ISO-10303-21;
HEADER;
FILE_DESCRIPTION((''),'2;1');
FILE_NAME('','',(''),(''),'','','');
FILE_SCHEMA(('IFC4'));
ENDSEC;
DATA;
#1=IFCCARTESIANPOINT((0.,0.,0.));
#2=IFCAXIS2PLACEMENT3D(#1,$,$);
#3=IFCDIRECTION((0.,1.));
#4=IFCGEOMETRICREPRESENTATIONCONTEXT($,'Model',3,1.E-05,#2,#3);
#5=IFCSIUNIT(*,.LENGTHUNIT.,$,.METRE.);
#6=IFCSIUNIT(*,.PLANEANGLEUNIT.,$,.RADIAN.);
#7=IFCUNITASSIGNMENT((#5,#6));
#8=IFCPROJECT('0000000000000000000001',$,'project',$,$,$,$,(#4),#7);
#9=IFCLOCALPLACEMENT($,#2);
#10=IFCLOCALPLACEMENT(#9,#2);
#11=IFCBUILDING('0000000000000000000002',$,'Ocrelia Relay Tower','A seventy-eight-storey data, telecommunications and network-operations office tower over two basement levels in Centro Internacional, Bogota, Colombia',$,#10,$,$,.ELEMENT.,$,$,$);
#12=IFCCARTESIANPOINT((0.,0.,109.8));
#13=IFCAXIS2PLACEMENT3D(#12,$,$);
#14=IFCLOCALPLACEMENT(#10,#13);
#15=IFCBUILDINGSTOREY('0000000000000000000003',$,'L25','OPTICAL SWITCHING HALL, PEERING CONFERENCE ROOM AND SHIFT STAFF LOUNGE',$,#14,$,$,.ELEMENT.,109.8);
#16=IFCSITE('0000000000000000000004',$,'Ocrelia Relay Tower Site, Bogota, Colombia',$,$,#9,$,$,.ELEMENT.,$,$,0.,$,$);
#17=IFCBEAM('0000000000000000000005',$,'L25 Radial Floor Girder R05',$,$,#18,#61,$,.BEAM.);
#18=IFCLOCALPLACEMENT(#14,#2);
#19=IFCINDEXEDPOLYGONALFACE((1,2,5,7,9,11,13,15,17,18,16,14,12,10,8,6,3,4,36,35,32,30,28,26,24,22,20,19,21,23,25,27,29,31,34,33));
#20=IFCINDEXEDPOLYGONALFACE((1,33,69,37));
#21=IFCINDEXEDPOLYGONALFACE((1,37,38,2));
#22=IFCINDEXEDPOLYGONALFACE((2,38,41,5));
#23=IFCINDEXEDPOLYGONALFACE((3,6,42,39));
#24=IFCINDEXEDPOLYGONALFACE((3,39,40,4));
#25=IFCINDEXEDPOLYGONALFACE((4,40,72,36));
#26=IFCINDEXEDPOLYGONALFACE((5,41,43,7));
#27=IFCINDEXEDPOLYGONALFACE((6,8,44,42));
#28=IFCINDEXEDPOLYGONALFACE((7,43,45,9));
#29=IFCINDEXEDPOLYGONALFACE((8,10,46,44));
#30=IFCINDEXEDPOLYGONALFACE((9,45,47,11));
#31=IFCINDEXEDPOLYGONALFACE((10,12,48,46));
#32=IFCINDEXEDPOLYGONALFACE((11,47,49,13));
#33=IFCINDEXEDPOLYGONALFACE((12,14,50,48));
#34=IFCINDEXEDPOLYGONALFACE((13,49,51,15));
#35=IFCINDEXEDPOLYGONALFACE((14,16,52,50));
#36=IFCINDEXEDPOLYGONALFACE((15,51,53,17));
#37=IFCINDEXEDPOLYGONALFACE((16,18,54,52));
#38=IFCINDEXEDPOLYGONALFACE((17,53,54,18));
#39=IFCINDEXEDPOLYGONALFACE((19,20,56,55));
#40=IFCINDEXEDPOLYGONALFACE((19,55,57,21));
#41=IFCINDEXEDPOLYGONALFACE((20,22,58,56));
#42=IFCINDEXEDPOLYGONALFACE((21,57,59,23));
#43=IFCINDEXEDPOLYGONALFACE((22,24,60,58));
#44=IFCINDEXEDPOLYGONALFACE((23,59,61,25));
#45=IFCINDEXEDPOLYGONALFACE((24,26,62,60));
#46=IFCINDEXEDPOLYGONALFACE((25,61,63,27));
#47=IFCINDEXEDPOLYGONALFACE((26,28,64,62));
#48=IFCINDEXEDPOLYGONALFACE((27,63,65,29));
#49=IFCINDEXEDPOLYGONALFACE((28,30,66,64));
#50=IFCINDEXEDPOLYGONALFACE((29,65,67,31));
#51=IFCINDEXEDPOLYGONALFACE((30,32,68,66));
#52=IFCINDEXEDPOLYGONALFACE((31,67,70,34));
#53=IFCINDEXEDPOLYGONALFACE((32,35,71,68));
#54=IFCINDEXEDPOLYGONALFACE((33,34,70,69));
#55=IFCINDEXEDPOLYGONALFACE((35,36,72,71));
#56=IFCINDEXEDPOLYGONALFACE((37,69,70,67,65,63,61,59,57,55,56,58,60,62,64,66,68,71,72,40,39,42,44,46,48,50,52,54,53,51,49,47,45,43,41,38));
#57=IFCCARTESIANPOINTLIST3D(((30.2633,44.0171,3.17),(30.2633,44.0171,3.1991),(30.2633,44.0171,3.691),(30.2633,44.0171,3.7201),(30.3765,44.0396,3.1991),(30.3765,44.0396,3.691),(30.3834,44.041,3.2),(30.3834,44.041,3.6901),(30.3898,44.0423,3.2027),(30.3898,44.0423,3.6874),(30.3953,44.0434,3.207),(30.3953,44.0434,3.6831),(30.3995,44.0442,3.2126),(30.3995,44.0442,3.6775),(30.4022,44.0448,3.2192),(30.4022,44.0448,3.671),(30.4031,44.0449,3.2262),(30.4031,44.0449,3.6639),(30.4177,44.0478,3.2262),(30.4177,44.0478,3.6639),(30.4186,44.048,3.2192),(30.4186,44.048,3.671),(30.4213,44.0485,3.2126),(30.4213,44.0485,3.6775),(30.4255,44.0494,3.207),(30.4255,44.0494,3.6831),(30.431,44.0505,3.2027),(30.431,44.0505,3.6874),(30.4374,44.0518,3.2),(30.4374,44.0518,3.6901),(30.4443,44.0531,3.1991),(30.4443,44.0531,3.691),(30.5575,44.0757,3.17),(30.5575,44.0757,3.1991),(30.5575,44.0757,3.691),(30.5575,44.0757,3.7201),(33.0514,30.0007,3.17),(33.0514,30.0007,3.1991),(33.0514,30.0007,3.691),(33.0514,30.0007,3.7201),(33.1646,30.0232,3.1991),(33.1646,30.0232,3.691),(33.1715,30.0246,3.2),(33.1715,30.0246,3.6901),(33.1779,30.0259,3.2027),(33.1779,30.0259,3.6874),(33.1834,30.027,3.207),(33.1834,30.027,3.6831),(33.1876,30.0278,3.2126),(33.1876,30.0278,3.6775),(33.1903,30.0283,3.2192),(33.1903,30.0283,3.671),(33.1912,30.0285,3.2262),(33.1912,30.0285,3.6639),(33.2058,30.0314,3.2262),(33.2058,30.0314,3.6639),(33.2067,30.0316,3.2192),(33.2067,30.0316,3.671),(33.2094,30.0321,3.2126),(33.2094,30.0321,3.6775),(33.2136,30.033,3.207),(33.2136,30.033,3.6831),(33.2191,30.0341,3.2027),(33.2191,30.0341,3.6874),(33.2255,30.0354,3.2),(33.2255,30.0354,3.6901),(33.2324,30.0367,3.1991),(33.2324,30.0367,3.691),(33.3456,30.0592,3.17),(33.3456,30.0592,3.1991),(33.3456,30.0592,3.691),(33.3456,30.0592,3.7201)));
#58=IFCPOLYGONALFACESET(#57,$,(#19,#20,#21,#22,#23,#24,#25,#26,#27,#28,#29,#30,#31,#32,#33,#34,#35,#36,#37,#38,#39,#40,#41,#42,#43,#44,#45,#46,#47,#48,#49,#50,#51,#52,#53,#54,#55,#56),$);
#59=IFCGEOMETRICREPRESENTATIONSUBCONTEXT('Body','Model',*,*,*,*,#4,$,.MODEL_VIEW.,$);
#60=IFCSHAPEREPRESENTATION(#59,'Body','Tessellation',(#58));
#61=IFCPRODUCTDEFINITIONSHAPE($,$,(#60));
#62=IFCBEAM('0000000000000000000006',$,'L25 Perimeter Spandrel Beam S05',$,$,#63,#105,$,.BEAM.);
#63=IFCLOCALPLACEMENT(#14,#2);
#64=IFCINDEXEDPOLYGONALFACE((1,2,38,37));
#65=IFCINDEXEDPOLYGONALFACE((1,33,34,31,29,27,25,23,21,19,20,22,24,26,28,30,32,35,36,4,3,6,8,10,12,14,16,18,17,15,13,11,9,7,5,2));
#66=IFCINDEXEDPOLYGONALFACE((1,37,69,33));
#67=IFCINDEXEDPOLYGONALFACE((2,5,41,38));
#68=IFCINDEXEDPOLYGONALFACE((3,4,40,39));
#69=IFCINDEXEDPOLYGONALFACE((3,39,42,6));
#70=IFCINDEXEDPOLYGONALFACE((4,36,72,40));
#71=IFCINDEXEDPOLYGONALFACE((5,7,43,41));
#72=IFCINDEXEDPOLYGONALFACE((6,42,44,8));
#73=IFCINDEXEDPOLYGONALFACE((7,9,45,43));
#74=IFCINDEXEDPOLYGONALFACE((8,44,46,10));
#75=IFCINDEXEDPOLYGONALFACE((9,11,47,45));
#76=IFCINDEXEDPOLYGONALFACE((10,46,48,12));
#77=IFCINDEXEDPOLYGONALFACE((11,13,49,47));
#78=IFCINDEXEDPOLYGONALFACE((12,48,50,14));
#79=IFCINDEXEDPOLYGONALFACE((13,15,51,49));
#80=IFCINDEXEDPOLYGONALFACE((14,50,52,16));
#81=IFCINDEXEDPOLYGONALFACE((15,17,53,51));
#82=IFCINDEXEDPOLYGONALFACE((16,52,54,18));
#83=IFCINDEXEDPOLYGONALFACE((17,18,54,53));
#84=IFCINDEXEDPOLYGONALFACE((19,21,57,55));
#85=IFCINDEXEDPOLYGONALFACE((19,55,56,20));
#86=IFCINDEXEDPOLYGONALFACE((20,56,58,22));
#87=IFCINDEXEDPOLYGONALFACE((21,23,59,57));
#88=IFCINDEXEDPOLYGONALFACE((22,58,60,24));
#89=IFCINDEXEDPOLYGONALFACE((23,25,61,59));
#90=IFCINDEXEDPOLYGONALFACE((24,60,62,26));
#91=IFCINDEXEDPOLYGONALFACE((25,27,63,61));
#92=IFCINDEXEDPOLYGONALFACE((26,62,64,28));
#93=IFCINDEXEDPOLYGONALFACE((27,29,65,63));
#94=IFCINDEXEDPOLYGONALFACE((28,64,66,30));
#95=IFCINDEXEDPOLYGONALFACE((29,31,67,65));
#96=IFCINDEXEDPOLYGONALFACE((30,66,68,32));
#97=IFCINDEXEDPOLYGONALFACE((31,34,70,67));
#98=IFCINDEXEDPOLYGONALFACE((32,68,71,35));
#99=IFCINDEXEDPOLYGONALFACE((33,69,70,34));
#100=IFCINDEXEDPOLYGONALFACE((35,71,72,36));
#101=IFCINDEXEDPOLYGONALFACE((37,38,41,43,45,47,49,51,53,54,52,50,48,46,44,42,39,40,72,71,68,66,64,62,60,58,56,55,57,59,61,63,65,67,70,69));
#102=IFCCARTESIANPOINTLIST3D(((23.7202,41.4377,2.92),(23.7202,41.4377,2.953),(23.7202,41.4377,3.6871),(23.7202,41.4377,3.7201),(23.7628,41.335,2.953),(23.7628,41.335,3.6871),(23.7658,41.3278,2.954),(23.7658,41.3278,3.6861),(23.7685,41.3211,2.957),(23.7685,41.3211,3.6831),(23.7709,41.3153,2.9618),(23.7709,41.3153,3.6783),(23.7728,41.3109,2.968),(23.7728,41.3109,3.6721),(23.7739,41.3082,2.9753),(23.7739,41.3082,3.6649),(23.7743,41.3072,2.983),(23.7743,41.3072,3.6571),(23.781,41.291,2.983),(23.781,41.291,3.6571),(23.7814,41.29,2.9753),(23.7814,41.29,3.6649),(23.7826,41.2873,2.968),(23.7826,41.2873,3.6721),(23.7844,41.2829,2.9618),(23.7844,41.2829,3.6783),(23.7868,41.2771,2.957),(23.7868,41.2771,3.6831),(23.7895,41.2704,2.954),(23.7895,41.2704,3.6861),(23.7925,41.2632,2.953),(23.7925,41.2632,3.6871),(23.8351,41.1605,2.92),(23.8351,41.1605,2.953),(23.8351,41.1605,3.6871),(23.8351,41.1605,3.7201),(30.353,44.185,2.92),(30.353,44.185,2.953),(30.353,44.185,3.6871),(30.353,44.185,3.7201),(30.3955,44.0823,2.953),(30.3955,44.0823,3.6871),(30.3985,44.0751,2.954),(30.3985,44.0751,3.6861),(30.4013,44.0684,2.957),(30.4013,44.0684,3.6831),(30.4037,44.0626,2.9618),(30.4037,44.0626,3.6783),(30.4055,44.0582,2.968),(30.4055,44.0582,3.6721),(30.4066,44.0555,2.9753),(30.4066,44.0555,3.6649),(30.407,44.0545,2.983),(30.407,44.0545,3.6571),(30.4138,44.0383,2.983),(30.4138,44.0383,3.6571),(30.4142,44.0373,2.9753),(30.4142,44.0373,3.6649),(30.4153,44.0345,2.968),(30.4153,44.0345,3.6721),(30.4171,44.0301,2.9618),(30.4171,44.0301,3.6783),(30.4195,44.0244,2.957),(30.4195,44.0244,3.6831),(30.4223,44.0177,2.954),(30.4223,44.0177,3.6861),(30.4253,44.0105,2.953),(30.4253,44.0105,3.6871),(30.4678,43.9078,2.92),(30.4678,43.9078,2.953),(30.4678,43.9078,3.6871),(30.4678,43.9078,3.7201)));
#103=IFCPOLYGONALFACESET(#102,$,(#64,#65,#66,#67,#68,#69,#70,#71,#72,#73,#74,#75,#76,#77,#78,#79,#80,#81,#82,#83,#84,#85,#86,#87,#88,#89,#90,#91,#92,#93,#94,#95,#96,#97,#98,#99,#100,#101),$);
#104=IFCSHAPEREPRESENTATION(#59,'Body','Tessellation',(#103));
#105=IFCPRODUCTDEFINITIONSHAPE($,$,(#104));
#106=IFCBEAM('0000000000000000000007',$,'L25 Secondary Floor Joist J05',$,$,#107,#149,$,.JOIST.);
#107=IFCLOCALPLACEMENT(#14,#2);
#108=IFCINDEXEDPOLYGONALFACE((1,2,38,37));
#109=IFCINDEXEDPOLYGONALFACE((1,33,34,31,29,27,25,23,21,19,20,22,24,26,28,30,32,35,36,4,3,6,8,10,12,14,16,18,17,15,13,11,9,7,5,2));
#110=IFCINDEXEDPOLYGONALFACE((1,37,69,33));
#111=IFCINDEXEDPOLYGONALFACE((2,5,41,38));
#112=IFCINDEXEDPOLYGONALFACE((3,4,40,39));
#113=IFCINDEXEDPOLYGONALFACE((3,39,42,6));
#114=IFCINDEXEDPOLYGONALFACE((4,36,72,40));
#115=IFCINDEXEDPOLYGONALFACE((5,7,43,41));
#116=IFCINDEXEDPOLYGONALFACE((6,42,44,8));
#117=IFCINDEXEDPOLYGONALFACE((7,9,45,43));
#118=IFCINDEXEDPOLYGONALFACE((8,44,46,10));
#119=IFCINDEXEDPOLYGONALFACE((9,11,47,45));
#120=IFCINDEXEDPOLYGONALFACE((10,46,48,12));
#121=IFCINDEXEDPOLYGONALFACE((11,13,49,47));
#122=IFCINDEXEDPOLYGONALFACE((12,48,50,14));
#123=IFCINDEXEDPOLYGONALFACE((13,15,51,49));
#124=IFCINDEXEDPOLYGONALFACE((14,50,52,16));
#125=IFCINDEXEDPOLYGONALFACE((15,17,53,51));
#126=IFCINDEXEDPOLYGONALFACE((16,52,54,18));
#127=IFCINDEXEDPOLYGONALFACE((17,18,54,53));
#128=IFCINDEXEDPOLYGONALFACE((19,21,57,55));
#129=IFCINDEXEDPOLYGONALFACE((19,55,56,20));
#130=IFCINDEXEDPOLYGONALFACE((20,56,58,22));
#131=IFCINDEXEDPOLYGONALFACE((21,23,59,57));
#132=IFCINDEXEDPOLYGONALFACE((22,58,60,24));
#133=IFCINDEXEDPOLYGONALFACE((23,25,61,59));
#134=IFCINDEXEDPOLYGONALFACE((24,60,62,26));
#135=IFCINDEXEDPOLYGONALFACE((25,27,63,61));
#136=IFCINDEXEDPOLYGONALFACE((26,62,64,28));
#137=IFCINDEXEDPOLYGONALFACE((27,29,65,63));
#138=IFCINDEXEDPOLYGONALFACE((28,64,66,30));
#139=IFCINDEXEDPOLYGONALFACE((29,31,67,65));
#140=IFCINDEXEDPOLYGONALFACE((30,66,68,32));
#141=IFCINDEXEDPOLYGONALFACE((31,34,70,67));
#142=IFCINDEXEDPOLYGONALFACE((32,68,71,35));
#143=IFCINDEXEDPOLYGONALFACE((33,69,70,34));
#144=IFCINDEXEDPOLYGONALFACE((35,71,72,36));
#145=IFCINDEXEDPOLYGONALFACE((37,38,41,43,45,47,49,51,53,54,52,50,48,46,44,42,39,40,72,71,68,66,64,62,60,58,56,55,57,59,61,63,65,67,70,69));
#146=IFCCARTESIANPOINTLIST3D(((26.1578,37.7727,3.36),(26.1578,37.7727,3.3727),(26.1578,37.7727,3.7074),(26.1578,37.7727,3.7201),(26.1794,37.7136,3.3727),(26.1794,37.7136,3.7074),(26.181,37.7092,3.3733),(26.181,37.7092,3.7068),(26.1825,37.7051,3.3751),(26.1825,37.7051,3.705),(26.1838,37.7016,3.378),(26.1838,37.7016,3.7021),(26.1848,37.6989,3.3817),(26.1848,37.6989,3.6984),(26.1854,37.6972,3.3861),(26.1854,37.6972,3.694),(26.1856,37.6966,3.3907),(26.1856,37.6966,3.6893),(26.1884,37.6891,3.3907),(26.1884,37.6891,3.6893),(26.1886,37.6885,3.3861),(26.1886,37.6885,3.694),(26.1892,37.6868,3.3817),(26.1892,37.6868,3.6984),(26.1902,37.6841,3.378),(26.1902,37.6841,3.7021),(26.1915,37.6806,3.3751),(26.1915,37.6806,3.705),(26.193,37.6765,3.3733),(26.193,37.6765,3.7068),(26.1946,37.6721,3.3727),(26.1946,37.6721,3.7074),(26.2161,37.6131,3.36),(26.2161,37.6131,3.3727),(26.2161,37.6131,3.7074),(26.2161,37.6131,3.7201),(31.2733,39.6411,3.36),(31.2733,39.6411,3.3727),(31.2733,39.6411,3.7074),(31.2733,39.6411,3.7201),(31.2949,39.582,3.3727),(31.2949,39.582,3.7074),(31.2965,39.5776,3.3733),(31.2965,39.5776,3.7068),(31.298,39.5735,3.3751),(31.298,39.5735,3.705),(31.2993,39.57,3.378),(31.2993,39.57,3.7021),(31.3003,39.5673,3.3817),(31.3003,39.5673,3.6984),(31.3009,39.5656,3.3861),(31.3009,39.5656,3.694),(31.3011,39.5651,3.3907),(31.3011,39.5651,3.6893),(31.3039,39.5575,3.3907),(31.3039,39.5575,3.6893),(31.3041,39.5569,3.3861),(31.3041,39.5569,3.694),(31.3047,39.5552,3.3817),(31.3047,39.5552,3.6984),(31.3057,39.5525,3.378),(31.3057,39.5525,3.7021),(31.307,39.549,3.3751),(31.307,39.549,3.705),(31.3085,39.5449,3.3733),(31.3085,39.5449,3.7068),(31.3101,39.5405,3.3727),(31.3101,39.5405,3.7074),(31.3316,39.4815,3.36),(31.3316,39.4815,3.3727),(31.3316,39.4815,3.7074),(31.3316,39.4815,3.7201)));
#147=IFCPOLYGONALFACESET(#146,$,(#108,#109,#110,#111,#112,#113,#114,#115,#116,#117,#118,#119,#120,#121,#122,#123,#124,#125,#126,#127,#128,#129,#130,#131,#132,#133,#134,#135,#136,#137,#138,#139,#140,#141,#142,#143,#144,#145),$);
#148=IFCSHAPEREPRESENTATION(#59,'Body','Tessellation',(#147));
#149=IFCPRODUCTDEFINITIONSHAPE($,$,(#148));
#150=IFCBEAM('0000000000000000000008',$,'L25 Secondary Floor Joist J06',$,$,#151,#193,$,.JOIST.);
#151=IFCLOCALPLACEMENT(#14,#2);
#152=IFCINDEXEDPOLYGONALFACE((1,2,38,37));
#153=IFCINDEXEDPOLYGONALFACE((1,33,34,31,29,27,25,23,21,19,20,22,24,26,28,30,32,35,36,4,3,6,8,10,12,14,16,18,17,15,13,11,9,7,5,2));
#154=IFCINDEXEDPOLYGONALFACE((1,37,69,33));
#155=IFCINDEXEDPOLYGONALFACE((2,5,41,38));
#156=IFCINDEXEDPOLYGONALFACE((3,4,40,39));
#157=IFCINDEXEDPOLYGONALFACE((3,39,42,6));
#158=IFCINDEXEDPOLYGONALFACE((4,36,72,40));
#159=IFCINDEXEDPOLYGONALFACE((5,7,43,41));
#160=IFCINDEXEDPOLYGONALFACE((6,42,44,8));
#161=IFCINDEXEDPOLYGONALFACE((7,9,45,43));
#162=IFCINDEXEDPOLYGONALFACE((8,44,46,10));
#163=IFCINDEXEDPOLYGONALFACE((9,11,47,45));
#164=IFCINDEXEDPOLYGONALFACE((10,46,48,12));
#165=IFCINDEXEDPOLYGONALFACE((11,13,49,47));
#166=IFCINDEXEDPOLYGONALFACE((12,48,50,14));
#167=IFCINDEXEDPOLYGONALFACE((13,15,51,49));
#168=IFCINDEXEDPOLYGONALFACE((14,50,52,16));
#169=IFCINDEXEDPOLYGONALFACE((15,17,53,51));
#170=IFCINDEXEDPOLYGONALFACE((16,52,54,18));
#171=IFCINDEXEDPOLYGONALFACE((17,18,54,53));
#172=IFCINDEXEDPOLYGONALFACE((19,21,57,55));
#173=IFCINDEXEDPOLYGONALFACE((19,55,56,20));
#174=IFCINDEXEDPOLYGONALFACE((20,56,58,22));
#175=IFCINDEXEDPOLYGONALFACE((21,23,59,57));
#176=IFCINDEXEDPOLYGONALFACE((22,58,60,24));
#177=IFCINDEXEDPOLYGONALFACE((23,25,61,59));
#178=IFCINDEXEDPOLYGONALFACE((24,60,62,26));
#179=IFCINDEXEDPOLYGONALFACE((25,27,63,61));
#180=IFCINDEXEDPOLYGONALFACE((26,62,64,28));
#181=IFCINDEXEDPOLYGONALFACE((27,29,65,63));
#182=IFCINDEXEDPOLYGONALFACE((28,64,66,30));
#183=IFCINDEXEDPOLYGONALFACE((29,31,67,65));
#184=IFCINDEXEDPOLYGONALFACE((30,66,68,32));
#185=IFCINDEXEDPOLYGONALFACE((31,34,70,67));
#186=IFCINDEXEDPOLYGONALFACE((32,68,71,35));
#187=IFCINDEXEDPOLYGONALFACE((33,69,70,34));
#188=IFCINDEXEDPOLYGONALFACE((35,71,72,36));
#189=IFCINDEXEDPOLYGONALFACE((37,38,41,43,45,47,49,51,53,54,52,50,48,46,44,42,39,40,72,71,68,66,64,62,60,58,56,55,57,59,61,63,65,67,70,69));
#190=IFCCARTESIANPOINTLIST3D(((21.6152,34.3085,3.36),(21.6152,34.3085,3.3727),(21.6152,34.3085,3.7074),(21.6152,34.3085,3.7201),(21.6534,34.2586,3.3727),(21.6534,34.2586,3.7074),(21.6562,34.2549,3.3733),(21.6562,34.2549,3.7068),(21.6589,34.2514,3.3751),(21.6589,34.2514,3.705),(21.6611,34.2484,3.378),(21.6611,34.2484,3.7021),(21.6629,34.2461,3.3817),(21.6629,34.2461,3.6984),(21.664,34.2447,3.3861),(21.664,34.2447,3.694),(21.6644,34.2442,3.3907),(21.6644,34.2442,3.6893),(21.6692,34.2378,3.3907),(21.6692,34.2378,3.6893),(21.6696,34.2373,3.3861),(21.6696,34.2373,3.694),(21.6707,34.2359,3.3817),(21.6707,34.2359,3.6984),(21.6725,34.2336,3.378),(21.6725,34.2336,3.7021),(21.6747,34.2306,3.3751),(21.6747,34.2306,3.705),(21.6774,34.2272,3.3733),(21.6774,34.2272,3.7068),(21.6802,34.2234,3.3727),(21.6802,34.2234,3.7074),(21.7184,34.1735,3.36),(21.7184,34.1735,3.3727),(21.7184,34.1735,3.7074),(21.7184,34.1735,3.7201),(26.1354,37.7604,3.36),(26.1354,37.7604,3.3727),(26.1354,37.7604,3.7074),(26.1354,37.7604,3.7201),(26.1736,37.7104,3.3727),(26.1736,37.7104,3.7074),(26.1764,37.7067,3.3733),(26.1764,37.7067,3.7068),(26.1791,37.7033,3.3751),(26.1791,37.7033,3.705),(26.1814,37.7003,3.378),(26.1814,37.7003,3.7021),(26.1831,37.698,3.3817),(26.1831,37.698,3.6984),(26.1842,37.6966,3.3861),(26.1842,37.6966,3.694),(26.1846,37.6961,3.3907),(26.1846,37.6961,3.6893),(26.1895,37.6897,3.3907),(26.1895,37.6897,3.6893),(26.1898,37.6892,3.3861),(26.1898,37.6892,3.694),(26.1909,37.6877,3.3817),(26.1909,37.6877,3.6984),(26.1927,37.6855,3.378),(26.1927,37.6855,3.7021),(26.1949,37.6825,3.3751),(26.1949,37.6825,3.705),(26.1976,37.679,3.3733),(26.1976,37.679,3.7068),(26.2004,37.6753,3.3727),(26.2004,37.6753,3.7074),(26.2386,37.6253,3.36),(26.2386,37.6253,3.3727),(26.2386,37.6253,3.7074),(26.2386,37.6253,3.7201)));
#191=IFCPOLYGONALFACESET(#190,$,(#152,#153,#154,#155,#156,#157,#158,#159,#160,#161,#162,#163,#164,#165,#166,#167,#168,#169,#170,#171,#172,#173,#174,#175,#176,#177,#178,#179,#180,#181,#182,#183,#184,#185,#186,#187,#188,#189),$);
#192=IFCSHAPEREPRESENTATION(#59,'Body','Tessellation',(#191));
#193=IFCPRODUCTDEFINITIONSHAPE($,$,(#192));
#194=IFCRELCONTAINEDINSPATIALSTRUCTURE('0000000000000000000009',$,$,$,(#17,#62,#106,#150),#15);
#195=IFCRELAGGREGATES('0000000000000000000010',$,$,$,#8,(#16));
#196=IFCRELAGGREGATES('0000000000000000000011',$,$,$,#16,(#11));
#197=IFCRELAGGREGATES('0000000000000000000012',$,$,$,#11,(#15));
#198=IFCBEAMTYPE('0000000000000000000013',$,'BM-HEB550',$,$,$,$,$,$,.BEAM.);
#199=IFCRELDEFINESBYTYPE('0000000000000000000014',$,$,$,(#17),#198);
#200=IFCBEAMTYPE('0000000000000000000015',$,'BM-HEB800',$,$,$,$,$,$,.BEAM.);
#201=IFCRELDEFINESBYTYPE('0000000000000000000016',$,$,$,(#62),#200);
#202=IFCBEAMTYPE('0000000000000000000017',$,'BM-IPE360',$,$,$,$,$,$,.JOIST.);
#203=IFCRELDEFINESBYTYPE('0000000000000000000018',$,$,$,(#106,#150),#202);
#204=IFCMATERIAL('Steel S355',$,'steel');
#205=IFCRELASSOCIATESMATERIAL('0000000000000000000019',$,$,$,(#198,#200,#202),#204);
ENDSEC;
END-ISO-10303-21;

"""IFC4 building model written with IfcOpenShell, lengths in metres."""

from ifc_helpers import new_model, si_unit, direction, frame, origin, origin_2d, place, context, subcontext, project, spatial, i_section, extrude, material, material_profile, profile_set, type_object, element, save


model = new_model("IFC4")

# Units and contexts
model_context = context("Model", 3, precision=1e-05, world=origin(), true_north=direction((0.0, 1.0)))
body_context = subcontext(model_context, "Body", "Model", "MODEL_VIEW")
ifc_project = project(units=[si_unit("LENGTHUNIT", "METRE"), si_unit("PLANEANGLEUNIT", "RADIAN")], contexts=[model_context])

# Site, building, storey
site_placement = place(None, origin())
site = spatial("IfcSite", under=ifc_project, at=site_placement, Name="Ocrelia Relay Tower Site, Bogota, Colombia", CompositionType="ELEMENT", RefElevation=0.0)
building_placement = place(site_placement, origin())
building = spatial("IfcBuilding", under=site, at=building_placement, Name="Ocrelia Relay Tower", Description="A seventy-eight-storey data, telecommunications and network-operations office tower over two basement levels in Centro Internacional, Bogota, Colombia", CompositionType="ELEMENT")
storey_placement = place(building_placement, frame((0.0, 0.0, 109.8)))
storey = spatial("IfcBuildingStorey", under=building, at=storey_placement, Name="L25", Description="OPTICAL SWITCHING HALL, PEERING CONFERENCE ROOM AND SHIFT STAFF LOUNGE", CompositionType="ELEMENT", Elevation=109.8)

# Beams
ifc_material_1 = material(Name="Steel S355", Category="steel")
ifc_material_profile_1 = material_profile(ifc_material_1, i_section(OverallWidth=0.3, OverallDepth=0.55, WebThickness=0.0149, FlangeThickness=0.0291, FilletRadius=0.0271, at=origin_2d()), Name="HEB 550")
ifc_profile_set_1 = profile_set([ifc_material_profile_1], Name="Steel S355")
beam_type_1 = type_object("IfcBeamType", Name="BM-HEB550", PredefinedType="BEAM", material=ifc_profile_set_1)
beam_1_placement = place(storey_placement, frame((30.4104, 44.0464, 3.4451), z_axis=(0.195094, -0.980784, 0.0), x_axis=(0.980784, 0.195094, 0.0)))
element("IfcBeam", 1, at=beam_1_placement, inside=storey, type_object=beam_type_1, Name="L25 Radial Floor Girder R05", PredefinedType="BEAM", context=body_context, shape_type="SweptSolid", body=[
    extrude(i_section(OverallWidth=0.3, OverallDepth=0.55, WebThickness=0.0149, FlangeThickness=0.0291, FilletRadius=0.0271, at=origin_2d()), origin(), (0.0, 0.0, 1.0), 14.291),
])
ifc_material_profile_2 = material_profile(ifc_material_1, i_section(OverallWidth=0.3, OverallDepth=0.8, WebThickness=0.0176, FlangeThickness=0.033, FilletRadius=0.03, at=origin_2d()), Name="HEB 800")
ifc_profile_set_2 = profile_set([ifc_material_profile_2], Name="Steel S355")
beam_type_2 = type_object("IfcBeamType", Name="BM-HEB800", PredefinedType="BEAM", material=ifc_profile_set_2)
beam_2_placement = place(storey_placement, frame((30.4104, 44.0464, 3.3201), z_axis=(-0.923884, -0.382673, 0.0), x_axis=(0.382673, -0.923884, 0.0)))
element("IfcBeam", 2, at=beam_2_placement, inside=storey, type_object=beam_type_2, Name="L25 Perimeter Spandrel Beam S05", PredefinedType="BEAM", context=body_context, shape_type="SweptSolid", body=[
    extrude(i_section(OverallWidth=0.3, OverallDepth=0.8, WebThickness=0.0176, FlangeThickness=0.033, FilletRadius=0.03, at=origin_2d()), origin(), (0.0, 0.0, 1.0), 7.1792),
])
ifc_material_profile_3 = material_profile(ifc_material_1, i_section(OverallWidth=0.1699, OverallDepth=0.3601, WebThickness=0.0081, FlangeThickness=0.0127, FilletRadius=0.0181, at=origin_2d()), Name="IPE 360")
ifc_profile_set_3 = profile_set([ifc_material_profile_3], Name="Steel S355")
beam_type_3 = type_object("IfcBeamType", Name="BM-IPE360", PredefinedType="JOIST", material=ifc_profile_set_3)
beam_3_placement = place(storey_placement, frame((31.3025, 39.5613, 3.54), z_axis=(-0.939307, -0.343078, 0.0), x_axis=(0.343078, -0.939307, 0.0)))
element("IfcBeam", 3, at=beam_3_placement, inside=storey, type_object=beam_type_3, Name="L25 Secondary Floor Joist J05", PredefinedType="JOIST", context=body_context, shape_type="SweptSolid", body=[
    extrude(i_section(OverallWidth=0.1699, OverallDepth=0.3601, WebThickness=0.0081, FlangeThickness=0.0127, FilletRadius=0.0181, at=origin_2d()), origin(), (0.0, 0.0, 1.0), 5.446),
])
beam_4_placement = place(storey_placement, frame((26.187, 37.6929, 3.54), z_axis=(-0.794762, -0.606921, 0.0), x_axis=(0.606921, -0.794762, 0.0)))
element("IfcBeam", 4, at=beam_4_placement, inside=storey, type_object=beam_type_3, Name="L25 Secondary Floor Joist J06", PredefinedType="JOIST", context=body_context, shape_type="SweptSolid", body=[
    extrude(i_section(OverallWidth=0.1699, OverallDepth=0.3601, WebThickness=0.0081, FlangeThickness=0.0127, FilletRadius=0.0181, at=origin_2d()), origin(), (0.0, 0.0, 1.0), 5.6875),
])

save(model, "model.ifc")
